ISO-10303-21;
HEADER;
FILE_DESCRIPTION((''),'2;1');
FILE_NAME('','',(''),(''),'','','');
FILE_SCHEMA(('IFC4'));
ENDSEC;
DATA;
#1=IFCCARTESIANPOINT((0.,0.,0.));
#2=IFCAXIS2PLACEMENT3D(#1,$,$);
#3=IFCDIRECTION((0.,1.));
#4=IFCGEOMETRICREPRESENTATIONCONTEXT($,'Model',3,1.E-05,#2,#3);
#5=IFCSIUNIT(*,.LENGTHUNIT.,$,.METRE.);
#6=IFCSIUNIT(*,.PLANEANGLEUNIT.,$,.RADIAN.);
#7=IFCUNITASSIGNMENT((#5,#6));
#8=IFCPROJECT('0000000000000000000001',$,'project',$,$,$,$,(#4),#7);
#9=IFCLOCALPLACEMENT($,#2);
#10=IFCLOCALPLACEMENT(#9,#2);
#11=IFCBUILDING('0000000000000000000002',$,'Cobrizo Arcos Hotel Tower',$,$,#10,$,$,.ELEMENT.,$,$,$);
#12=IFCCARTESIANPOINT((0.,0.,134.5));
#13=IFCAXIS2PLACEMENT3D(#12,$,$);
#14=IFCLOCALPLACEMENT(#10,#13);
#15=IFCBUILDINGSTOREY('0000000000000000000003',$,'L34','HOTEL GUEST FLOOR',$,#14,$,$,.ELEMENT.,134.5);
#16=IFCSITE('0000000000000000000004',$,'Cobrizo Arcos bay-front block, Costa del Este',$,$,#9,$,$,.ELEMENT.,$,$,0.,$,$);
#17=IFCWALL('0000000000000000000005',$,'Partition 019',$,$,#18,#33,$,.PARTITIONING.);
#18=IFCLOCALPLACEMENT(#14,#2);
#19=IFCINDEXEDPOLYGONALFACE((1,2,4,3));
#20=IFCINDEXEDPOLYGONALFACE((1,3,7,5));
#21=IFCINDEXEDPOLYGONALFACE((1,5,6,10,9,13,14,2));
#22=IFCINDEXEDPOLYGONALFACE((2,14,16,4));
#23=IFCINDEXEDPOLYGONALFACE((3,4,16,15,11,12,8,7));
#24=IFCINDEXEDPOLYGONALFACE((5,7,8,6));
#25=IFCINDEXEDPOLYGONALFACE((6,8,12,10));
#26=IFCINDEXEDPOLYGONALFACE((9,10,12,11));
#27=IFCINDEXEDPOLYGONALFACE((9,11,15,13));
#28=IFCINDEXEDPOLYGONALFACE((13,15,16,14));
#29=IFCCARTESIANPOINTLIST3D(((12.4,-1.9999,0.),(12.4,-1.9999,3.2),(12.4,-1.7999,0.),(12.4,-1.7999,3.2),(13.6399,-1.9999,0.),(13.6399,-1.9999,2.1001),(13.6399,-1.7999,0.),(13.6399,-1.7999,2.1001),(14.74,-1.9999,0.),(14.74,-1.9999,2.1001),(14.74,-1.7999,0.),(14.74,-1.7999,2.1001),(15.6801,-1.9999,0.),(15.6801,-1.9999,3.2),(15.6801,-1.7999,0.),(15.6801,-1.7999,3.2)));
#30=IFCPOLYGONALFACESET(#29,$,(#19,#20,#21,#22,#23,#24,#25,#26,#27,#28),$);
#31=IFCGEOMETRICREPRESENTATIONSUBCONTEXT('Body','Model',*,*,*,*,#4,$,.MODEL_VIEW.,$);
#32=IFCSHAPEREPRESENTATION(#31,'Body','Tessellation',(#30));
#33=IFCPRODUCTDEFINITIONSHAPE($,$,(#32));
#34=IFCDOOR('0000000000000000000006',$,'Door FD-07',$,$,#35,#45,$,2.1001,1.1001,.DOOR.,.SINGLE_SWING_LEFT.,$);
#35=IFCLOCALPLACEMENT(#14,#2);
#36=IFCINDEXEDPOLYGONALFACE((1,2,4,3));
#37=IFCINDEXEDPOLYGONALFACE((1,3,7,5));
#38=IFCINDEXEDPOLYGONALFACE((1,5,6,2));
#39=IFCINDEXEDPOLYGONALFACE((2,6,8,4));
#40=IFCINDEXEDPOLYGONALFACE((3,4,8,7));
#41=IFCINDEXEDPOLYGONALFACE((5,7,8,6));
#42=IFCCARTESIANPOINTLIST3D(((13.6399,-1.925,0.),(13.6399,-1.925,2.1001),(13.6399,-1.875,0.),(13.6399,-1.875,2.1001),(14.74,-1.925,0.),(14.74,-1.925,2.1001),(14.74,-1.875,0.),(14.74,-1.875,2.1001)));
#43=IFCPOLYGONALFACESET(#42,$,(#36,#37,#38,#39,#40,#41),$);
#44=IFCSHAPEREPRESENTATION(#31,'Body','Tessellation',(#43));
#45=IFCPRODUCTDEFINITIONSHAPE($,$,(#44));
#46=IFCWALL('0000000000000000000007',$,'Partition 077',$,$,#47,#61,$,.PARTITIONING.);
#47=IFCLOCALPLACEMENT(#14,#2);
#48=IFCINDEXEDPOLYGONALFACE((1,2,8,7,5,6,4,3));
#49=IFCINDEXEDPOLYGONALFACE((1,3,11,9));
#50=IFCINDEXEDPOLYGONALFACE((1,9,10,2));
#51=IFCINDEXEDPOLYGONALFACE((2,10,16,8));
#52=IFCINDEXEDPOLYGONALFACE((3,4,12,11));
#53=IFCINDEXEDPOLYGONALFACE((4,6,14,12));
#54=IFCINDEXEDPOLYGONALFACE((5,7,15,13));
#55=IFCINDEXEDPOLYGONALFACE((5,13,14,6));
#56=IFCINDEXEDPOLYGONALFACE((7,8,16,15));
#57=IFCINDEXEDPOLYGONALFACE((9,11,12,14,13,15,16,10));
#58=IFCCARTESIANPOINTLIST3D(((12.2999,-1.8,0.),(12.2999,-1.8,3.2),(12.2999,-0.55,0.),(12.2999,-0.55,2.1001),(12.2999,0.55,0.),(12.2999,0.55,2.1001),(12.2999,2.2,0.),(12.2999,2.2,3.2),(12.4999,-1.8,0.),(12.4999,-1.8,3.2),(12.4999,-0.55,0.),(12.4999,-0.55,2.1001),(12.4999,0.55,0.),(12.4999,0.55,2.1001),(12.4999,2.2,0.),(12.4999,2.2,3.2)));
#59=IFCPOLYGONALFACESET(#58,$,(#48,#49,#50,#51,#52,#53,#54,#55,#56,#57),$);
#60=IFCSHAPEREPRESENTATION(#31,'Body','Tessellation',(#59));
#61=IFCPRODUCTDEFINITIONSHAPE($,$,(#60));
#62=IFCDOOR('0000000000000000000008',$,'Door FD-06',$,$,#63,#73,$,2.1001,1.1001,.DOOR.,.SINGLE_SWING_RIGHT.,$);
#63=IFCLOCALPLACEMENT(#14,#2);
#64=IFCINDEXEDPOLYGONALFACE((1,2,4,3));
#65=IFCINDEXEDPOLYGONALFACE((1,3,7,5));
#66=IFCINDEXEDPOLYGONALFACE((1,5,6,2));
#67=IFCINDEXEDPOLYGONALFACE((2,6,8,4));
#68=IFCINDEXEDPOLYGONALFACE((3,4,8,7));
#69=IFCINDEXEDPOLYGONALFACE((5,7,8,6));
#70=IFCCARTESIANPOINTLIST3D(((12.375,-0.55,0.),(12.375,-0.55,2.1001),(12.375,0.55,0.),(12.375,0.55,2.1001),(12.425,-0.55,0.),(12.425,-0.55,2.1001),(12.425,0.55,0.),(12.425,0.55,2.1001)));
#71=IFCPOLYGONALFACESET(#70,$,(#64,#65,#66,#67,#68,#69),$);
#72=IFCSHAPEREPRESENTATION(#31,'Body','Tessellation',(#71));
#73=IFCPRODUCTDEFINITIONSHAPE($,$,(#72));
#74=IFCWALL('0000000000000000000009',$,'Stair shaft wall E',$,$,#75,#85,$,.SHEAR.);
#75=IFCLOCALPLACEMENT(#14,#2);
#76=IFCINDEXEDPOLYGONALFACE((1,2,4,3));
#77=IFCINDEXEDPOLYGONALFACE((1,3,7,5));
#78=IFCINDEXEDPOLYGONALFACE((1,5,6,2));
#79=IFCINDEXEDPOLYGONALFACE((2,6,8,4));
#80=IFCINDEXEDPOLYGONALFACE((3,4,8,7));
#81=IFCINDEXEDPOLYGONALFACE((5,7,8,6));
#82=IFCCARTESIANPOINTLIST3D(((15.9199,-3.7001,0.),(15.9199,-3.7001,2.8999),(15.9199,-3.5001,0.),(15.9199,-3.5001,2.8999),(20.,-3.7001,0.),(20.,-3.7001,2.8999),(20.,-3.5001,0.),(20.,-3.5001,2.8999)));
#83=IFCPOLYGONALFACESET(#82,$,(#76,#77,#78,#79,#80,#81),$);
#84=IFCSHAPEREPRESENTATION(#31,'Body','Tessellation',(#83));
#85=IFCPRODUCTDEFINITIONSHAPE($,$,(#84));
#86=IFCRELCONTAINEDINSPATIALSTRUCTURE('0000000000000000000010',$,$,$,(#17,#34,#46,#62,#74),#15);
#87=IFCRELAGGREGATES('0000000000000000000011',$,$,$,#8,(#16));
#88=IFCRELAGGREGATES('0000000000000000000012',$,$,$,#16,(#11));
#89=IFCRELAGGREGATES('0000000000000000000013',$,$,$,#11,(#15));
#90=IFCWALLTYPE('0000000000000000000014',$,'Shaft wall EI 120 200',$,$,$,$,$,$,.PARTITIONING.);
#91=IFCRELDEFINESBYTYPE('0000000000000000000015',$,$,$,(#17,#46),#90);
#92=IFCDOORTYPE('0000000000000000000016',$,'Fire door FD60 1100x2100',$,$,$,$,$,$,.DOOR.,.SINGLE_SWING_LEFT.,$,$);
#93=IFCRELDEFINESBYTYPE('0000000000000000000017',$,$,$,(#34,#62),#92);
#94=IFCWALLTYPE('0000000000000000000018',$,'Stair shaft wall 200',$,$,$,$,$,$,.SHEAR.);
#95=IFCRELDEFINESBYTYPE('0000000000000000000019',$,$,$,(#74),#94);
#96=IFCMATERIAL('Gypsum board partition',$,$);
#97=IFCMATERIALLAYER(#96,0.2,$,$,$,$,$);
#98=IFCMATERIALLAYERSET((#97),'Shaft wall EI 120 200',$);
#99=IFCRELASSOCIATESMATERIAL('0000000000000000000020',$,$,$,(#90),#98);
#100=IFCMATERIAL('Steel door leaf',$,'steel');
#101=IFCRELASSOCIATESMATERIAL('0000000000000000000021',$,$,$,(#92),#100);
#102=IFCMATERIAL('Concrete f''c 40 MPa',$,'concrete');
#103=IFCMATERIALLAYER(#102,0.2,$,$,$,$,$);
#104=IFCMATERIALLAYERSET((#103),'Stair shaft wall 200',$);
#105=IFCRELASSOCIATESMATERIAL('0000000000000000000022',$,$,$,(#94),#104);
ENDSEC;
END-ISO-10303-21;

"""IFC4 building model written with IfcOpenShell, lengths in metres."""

from ifc_helpers import new_model, si_unit, direction, frame, frame_2d, origin, place, context, subcontext, project, spatial, rectangle, extrude, material, layer, layer_set, type_object, element, fill, save


model = new_model("IFC4")

# Units and contexts
model_context = context("Model", 3, precision=1e-05, world=origin(), true_north=direction((0.0, 1.0)))
body_context = subcontext(model_context, "Body", "Model", "MODEL_VIEW")
ifc_project = project(units=[si_unit("LENGTHUNIT", "METRE"), si_unit("PLANEANGLEUNIT", "RADIAN")], contexts=[model_context])

# Site, building, storey
site_placement = place(None, origin())
site = spatial("IfcSite", under=ifc_project, at=site_placement, Name="Cobrizo Arcos bay-front block, Costa del Este", CompositionType="ELEMENT", RefElevation=0.0)
building_placement = place(site_placement, origin())
building = spatial("IfcBuilding", under=site, at=building_placement, Name="Cobrizo Arcos Hotel Tower", CompositionType="ELEMENT")
storey_placement = place(building_placement, frame((0.0, 0.0, 134.5)))
storey = spatial("IfcBuildingStorey", under=building, at=storey_placement, Name="L34", Description="HOTEL GUEST FLOOR", CompositionType="ELEMENT", Elevation=134.5)

# Shared definitions
ifc_material_1 = material(Name="Gypsum board partition")

# Walls, openings, doors
ifc_layer_1 = layer(ifc_material_1, 0.2)
ifc_layer_set_1 = layer_set([ifc_layer_1], Name="Shaft wall EI 120 200")
wall_type_1 = type_object("IfcWallType", Name="Shaft wall EI 120 200", PredefinedType="PARTITIONING", material=ifc_layer_set_1)
wall_1_placement = place(storey_placement, frame((12.3999, -1.8999, 0.0), z_axis=(0.0, 0.0, 1.0), x_axis=(1.0, 0.0, 0.0)))
wall_1 = element("IfcWall", 1, at=wall_1_placement, inside=storey, type_object=wall_type_1, Name="Partition 019", PredefinedType="PARTITIONING", context=body_context, shape_type="SweptSolid", body=[
    extrude(rectangle(XDim=3.28, YDim=0.2, at=frame_2d((1.6401, 0.0))), origin(), (0.0, 0.0, 1.0), 3.2),
])
opening_1_placement = place(wall_1_placement, frame((1.24, 0.0, 0.0)))
opening_1 = element("IfcOpeningElement", 2, at=opening_1_placement, cuts=wall_1, PredefinedType="OPENING", context=body_context, shape_type="SweptSolid", body=[
    extrude(rectangle(XDim=1.1001, YDim=2.1001, at=frame_2d((0.55, 1.05))), frame((0.0, 0.1121, 0.0), z_axis=(0.0, -1.0, 0.0), x_axis=(1.0, 0.0, 0.0)), (0.0, 0.0, 1.0), 0.2239),
])
ifc_material_2 = material(Name="Steel door leaf", Category="steel")
door_type_1 = type_object("IfcDoorType", Name="Fire door FD60 1100x2100", OperationType="SINGLE_SWING_LEFT", PredefinedType="DOOR", material=ifc_material_2)
door_1_placement = place(opening_1_placement, origin())
door_1 = element("IfcDoor", 3, at=door_1_placement, inside=storey, type_object=door_type_1, Name="Door FD-07", OperationType="SINGLE_SWING_LEFT", OverallHeight=2.1001, OverallWidth=1.1001, PredefinedType="DOOR", context=body_context, shape_type="SweptSolid", body=[
    extrude(rectangle(XDim=1.1001, YDim=2.1001, at=frame_2d((0.55, 1.05))), frame((0.0, 0.0249, 0.0), z_axis=(0.0, -1.0, 0.0), x_axis=(1.0, 0.0, 0.0)), (0.0, 0.0, 1.0), 0.05),
])
fill(opening_1, door_1)
wall_2_placement = place(storey_placement, frame((12.3999, -1.8, 0.0), z_axis=(0.0, 0.0, 1.0), x_axis=(0.0, 1.0, 0.0)))
wall_2 = element("IfcWall", 4, at=wall_2_placement, inside=storey, type_object=wall_type_1, Name="Partition 077", PredefinedType="PARTITIONING", context=body_context, shape_type="SweptSolid", body=[
    extrude(rectangle(XDim=4.0, YDim=0.2, at=frame_2d((2.0, 0.0))), origin(), (0.0, 0.0, 1.0), 3.2),
])
opening_2_placement = place(wall_2_placement, frame((1.25, 0.0, 0.0)))
opening_2 = element("IfcOpeningElement", 5, at=opening_2_placement, cuts=wall_2, PredefinedType="OPENING", context=body_context, shape_type="SweptSolid", body=[
    extrude(rectangle(XDim=1.1001, YDim=2.1001, at=frame_2d((0.55, 1.05))), frame((0.0, 0.1121, 0.0), z_axis=(0.0, -1.0, 0.0), x_axis=(1.0, 0.0, 0.0)), (0.0, 0.0, 1.0), 0.2239),
])
door_2_placement = place(opening_2_placement, origin())
door_2 = element("IfcDoor", 6, at=door_2_placement, inside=storey, type_object=door_type_1, Name="Door FD-06", OperationType="SINGLE_SWING_RIGHT", OverallHeight=2.1001, OverallWidth=1.1001, PredefinedType="DOOR", context=body_context, shape_type="SweptSolid", body=[
    extrude(rectangle(XDim=1.1001, YDim=2.1001, at=frame_2d((0.55, 1.05))), frame((0.0, 0.0249, 0.0), z_axis=(0.0, -1.0, 0.0), x_axis=(1.0, 0.0, 0.0)), (0.0, 0.0, 1.0), 0.05),
])
fill(opening_2, door_2)

# Wall
ifc_material_3 = material(Name="Concrete f'c 40 MPa", Category="concrete")
ifc_layer_2 = layer(ifc_material_3, 0.2)
ifc_layer_set_2 = layer_set([ifc_layer_2], Name="Stair shaft wall 200")
wall_type_2 = type_object("IfcWallType", Name="Stair shaft wall 200", PredefinedType="SHEAR", material=ifc_layer_set_2)
wall_3_placement = place(storey_placement, frame((15.9199, -3.6001, 0.0), z_axis=(0.0, 0.0, 1.0), x_axis=(1.0, 0.0, 0.0)))
element("IfcWall", 7, at=wall_3_placement, inside=storey, type_object=wall_type_2, Name="Stair shaft wall E", PredefinedType="SHEAR", context=body_context, shape_type="SweptSolid", body=[
    extrude(rectangle(XDim=4.0801, YDim=0.2, at=frame_2d((2.04, 0.0))), origin(), (0.0, 0.0, 1.0), 2.8999),
])

save(model, "model.ifc")
